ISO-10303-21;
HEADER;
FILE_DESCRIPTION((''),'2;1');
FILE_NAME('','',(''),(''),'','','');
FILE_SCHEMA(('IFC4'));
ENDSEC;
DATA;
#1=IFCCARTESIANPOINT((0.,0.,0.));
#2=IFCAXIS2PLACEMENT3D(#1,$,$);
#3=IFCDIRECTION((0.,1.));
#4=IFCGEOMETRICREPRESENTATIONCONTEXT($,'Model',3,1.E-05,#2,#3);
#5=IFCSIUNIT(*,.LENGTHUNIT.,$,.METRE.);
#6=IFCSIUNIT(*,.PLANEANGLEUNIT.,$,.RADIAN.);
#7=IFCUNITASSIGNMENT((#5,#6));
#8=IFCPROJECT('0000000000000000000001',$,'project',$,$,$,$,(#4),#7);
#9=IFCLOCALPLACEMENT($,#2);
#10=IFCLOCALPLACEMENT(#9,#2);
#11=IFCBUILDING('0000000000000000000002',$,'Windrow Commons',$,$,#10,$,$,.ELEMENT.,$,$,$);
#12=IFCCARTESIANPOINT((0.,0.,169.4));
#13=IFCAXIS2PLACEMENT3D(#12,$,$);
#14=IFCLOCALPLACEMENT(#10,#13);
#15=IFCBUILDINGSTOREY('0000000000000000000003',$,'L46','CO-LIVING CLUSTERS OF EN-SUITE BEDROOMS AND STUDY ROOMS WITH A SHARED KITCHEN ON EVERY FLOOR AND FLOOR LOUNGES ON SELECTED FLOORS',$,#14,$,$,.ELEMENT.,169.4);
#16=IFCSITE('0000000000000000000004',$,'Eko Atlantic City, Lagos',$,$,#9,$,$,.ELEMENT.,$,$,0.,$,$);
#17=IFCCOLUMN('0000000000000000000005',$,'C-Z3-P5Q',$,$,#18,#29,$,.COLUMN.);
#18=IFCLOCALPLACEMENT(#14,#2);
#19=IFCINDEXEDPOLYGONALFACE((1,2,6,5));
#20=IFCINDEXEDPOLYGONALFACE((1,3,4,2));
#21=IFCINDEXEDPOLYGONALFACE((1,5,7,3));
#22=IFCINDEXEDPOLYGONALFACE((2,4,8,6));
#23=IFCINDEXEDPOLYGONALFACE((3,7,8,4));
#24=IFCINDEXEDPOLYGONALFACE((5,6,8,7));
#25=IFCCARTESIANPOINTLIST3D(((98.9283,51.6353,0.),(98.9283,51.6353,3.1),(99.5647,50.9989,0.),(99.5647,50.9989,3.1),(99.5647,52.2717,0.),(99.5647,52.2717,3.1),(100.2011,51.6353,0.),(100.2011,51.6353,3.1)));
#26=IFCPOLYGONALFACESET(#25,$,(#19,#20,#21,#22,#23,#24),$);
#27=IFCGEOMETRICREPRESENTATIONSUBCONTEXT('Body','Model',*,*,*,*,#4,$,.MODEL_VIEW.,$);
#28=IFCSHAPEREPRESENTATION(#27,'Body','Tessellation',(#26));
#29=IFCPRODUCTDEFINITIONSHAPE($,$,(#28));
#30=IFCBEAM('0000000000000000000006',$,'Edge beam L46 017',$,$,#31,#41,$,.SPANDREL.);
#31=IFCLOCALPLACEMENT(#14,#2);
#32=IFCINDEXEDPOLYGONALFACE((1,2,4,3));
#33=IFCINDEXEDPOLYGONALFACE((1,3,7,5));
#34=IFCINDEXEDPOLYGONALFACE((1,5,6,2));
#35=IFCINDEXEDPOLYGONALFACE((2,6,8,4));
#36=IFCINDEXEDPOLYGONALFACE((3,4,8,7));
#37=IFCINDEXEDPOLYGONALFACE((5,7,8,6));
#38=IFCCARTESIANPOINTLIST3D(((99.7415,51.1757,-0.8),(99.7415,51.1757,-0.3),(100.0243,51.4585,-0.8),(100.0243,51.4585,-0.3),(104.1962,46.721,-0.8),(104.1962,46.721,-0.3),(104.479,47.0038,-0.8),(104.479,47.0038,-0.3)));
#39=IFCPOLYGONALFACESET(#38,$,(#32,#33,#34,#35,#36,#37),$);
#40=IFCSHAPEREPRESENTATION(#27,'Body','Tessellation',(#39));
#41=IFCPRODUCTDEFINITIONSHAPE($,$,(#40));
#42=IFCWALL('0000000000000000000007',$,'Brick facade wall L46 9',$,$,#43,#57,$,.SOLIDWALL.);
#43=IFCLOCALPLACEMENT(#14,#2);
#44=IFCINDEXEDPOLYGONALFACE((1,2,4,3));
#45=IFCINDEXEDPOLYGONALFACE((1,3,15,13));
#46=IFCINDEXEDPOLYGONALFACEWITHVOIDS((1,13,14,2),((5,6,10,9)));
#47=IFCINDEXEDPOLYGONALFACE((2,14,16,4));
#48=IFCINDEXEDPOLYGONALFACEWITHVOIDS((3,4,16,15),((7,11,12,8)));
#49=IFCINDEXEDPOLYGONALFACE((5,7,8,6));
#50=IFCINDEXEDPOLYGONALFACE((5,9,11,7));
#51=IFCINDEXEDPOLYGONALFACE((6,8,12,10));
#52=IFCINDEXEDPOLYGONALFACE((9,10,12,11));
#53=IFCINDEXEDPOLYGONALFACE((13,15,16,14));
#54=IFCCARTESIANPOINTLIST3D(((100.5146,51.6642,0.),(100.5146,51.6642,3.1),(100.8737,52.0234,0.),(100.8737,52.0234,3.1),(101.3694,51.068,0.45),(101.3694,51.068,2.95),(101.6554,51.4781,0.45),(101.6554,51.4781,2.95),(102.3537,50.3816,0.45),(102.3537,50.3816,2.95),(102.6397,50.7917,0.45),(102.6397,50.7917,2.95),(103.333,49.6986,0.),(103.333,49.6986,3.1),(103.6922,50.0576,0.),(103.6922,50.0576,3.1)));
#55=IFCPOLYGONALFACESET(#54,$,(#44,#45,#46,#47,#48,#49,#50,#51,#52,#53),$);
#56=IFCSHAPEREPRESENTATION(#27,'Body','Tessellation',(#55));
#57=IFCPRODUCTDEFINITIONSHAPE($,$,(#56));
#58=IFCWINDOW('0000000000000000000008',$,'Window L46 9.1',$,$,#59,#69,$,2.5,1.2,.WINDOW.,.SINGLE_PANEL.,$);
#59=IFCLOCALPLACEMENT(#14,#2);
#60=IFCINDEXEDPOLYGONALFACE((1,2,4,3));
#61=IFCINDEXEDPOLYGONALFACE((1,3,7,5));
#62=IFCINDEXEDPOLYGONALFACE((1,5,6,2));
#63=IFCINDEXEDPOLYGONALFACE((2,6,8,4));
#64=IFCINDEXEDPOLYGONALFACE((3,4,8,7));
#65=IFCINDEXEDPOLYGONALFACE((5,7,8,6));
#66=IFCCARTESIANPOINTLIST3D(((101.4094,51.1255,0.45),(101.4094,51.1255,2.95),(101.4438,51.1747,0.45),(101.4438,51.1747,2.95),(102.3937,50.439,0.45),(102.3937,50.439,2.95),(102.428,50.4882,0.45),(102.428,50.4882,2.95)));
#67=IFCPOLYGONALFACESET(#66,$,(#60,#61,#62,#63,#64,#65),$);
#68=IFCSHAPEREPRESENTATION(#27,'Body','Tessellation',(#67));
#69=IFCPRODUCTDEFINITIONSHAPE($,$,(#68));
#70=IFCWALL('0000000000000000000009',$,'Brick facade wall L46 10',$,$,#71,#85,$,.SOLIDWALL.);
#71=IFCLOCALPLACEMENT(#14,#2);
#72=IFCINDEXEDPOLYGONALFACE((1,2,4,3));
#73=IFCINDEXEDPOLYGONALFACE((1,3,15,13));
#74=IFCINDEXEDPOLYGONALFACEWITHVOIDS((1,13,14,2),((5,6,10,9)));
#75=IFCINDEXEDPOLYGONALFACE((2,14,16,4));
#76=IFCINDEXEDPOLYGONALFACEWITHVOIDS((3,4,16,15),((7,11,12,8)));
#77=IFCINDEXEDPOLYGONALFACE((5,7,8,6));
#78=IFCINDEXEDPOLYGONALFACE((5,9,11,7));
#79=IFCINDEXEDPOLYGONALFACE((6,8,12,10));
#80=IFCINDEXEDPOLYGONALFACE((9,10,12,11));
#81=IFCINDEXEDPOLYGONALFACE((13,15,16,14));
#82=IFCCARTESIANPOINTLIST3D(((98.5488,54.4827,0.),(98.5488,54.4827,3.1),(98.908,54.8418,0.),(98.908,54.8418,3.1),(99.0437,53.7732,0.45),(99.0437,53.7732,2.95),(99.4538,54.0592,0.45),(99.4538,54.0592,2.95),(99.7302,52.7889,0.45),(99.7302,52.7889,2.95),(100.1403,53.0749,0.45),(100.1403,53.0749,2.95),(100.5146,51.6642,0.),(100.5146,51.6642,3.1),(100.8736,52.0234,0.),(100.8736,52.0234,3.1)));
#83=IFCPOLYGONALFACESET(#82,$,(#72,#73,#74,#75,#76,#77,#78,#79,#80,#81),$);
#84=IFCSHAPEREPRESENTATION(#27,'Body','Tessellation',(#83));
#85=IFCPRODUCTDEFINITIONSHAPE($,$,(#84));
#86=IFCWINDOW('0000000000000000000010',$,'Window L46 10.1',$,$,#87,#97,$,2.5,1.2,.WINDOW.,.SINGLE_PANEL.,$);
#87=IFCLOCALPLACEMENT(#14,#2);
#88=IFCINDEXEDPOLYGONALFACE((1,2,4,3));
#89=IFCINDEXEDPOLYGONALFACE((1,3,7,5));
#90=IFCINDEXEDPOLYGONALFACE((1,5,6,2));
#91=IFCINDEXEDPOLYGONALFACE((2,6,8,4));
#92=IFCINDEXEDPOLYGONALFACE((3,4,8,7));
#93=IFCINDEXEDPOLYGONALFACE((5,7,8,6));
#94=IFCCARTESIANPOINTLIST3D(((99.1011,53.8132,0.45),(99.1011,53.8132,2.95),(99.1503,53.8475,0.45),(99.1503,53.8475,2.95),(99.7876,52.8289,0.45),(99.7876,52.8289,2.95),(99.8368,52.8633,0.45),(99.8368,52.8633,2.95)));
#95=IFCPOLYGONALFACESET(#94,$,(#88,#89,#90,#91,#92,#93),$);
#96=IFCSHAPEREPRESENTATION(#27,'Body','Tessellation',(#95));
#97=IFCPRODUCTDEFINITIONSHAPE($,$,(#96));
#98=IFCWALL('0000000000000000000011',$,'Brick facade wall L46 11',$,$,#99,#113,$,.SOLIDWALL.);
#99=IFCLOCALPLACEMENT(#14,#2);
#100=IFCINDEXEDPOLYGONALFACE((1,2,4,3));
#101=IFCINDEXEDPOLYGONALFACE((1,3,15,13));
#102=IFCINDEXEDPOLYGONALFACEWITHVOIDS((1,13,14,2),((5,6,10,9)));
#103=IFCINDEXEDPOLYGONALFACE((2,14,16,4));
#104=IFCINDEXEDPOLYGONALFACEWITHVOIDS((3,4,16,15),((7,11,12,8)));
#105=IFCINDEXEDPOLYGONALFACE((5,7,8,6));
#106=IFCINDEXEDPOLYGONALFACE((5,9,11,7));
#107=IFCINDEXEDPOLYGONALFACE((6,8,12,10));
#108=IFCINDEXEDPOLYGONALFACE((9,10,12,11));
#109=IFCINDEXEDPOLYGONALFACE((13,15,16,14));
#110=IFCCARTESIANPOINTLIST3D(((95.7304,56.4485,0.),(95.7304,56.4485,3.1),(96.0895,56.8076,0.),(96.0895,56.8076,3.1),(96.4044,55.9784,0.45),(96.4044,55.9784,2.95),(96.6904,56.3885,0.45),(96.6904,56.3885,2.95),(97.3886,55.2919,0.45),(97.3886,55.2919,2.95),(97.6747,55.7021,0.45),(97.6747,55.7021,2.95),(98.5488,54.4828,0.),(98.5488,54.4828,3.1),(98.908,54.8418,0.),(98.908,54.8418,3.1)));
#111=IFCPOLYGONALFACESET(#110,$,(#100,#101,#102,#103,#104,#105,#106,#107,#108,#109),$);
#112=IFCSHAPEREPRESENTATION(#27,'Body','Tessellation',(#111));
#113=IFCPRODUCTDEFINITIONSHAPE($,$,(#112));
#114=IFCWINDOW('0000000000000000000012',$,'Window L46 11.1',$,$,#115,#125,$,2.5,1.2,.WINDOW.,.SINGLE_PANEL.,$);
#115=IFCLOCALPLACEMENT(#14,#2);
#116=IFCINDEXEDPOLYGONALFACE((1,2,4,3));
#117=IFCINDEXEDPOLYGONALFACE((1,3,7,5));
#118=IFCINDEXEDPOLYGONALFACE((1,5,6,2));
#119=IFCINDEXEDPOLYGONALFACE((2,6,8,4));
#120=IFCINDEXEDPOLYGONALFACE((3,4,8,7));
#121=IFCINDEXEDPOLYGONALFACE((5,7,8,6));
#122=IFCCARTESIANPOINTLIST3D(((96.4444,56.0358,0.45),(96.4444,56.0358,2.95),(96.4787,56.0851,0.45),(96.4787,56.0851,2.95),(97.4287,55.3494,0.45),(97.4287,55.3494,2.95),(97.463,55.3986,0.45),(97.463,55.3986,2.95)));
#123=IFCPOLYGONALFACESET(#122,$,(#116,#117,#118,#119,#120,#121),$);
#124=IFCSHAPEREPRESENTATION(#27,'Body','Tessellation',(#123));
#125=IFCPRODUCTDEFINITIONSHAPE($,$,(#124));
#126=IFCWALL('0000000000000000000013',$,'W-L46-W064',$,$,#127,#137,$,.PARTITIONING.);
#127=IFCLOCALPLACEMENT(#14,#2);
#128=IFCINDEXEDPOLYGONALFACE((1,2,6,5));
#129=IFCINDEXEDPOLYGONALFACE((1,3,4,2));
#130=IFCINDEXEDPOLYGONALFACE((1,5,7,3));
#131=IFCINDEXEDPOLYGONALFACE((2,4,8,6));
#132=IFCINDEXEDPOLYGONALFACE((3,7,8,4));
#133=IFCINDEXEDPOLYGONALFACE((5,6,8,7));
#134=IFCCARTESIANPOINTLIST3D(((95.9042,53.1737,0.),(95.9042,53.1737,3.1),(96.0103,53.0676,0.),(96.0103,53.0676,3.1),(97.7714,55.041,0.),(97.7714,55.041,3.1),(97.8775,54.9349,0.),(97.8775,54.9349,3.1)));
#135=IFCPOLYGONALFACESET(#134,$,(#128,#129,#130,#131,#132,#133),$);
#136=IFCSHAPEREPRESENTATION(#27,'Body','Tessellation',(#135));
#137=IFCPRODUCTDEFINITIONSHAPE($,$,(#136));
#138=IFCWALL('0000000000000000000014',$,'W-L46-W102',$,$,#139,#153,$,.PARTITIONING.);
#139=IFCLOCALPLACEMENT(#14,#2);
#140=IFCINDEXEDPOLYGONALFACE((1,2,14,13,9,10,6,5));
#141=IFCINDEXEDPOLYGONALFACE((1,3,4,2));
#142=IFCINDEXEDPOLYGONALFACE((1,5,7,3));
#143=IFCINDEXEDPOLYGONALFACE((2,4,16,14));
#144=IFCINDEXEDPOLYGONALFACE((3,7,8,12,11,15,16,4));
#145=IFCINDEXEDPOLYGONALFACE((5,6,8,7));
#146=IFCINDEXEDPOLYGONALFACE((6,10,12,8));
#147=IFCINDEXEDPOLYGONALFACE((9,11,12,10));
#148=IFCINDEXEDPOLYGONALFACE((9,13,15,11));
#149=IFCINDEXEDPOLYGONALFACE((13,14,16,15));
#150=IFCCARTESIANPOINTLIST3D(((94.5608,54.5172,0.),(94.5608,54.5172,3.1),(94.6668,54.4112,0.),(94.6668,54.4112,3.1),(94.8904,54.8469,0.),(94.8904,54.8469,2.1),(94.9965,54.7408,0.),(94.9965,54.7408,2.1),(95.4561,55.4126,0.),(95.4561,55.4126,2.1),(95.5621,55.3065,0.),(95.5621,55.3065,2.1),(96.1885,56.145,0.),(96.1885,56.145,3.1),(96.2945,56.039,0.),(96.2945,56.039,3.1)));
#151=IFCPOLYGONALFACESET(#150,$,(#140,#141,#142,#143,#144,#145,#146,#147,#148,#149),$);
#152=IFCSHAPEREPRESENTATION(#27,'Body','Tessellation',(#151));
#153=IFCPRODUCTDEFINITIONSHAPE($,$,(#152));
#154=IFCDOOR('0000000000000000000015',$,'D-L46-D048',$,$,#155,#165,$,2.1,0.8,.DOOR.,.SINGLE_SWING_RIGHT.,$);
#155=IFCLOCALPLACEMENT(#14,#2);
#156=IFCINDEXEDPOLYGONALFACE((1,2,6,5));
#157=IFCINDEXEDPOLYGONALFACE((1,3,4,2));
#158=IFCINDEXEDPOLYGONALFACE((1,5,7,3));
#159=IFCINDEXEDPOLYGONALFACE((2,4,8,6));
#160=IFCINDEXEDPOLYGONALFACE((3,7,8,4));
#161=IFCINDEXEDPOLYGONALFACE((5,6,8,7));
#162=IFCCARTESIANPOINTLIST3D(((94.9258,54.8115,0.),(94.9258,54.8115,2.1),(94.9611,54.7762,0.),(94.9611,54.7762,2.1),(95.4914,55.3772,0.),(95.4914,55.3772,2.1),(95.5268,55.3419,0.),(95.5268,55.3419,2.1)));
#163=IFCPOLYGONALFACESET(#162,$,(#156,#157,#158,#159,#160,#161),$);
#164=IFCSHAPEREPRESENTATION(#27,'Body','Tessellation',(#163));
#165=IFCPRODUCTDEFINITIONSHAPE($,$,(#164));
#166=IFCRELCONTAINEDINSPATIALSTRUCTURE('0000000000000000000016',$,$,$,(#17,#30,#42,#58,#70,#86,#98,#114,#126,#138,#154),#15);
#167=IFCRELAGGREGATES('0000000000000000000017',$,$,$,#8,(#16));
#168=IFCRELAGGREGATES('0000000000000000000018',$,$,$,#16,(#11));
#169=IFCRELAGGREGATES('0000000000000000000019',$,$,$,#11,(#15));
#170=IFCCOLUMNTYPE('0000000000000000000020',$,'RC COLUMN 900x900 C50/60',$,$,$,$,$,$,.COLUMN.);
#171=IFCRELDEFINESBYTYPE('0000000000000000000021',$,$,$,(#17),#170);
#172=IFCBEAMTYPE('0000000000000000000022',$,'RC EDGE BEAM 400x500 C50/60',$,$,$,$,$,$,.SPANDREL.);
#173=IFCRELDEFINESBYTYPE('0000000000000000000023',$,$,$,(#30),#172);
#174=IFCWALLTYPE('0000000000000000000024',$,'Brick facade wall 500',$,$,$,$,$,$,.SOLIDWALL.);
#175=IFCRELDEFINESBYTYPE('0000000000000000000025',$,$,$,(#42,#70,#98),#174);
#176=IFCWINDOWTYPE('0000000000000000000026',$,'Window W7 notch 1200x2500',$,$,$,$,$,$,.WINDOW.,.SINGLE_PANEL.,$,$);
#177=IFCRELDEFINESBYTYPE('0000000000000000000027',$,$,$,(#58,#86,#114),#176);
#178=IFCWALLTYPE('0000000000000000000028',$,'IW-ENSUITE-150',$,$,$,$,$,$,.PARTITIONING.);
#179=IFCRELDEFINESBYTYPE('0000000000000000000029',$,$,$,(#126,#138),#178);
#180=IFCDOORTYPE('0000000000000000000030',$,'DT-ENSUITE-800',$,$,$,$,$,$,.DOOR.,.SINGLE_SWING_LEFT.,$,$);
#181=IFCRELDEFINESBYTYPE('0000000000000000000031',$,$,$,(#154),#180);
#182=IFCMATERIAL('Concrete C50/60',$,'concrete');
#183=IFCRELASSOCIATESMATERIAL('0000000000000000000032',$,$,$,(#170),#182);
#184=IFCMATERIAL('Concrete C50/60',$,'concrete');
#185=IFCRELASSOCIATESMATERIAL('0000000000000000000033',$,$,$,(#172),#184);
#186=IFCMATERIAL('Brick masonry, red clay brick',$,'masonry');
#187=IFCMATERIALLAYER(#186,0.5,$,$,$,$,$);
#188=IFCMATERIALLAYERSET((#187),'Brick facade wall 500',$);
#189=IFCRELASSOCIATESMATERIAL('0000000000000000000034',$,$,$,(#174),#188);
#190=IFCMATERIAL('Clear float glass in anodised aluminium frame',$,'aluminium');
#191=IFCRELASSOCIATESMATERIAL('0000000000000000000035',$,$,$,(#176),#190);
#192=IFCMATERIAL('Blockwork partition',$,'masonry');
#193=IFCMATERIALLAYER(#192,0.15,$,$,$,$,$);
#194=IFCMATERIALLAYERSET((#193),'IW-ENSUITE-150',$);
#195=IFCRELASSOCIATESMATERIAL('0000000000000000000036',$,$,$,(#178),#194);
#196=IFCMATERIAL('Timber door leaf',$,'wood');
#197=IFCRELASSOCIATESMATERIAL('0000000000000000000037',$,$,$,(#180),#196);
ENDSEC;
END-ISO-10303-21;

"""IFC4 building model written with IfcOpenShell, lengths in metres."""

from ifc_helpers import new_model, si_unit, direction, frame, frame_2d, origin, origin_2d, place, context, subcontext, project, spatial, polyline, rectangle, outline, extrude, material, layer, layer_set, material_profile, profile_set, type_object, element, fill, save


model = new_model("IFC4")

# Units and contexts
model_context = context("Model", 3, precision=1e-05, world=origin(), true_north=direction((0.0, 1.0)))
body_context = subcontext(model_context, "Body", "Model", "MODEL_VIEW")
ifc_project = project(units=[si_unit("LENGTHUNIT", "METRE"), si_unit("PLANEANGLEUNIT", "RADIAN")], contexts=[model_context])

# Site, building, storey
site_placement = place(None, origin())
site = spatial("IfcSite", under=ifc_project, at=site_placement, Name="Eko Atlantic City, Lagos", CompositionType="ELEMENT", RefElevation=0.0)
building_placement = place(site_placement, origin())
building = spatial("IfcBuilding", under=site, at=building_placement, Name="Windrow Commons", CompositionType="ELEMENT")
storey_placement = place(building_placement, frame((0.0, 0.0, 169.4)))
storey = spatial("IfcBuildingStorey", under=building, at=storey_placement, Name="L46", Description="CO-LIVING CLUSTERS OF EN-SUITE BEDROOMS AND STUDY ROOMS WITH A SHARED KITCHEN ON EVERY FLOOR AND FLOOR LOUNGES ON SELECTED FLOORS", CompositionType="ELEMENT", Elevation=169.4)

# Column
ifc_material_1 = material(Name="Concrete C50/60", Category="concrete")
ifc_material_profile_1 = material_profile(ifc_material_1, rectangle(XDim=0.9, YDim=0.9, at=origin_2d()))
ifc_profile_set_1 = profile_set([ifc_material_profile_1], Name="Concrete C50/60")
column_type = type_object("IfcColumnType", Name="RC COLUMN 900x900 C50/60", PredefinedType="COLUMN", material=ifc_profile_set_1)
column_placement = place(storey_placement, frame((99.5647, 51.6353, 0.0), z_axis=(0.0, 0.0, 1.0), x_axis=(0.707107, -0.707107, 0.0)))
element("IfcColumn", 1, at=column_placement, inside=storey, type_object=column_type, Name="C-Z3-P5Q", PredefinedType="COLUMN", context=body_context, shape_type="SweptSolid", body=[
    extrude(rectangle(XDim=0.9, YDim=0.9, at=origin_2d()), origin(), (0.0, 0.0, 1.0), 3.1),
])

# Beam
ifc_material_2 = material(Name="Concrete C50/60", Category="concrete")
ifc_material_profile_2 = material_profile(ifc_material_2, rectangle(XDim=0.4, YDim=0.5, at=origin_2d()))
ifc_profile_set_2 = profile_set([ifc_material_profile_2], Name="Concrete C50/60")
beam_type = type_object("IfcBeamType", Name="RC EDGE BEAM 400x500 C50/60", PredefinedType="SPANDREL", material=ifc_profile_set_2)
beam_placement = place(storey_placement, frame((99.8829, 51.3171, -0.55), z_axis=(0.707107, -0.707107, 0.0), x_axis=(0.707107, 0.707107, 0.0)))
element("IfcBeam", 2, at=beam_placement, inside=storey, type_object=beam_type, Name="Edge beam L46 017", PredefinedType="SPANDREL", context=body_context, shape_type="SweptSolid", body=[
    extrude(rectangle(XDim=0.4, YDim=0.5, at=origin_2d()), origin(), (0.0, 0.0, 1.0), 6.2999),
])

# Walls, openings, windows
ifc_material_3 = material(Name="Brick masonry, red clay brick", Category="masonry")
ifc_layer_1 = layer(ifc_material_3, 0.5)
ifc_layer_set_1 = layer_set([ifc_layer_1], Name="Brick facade wall 500")
wall_type_1 = type_object("IfcWallType", Name="Brick facade wall 500", PredefinedType="SOLIDWALL", material=ifc_layer_set_1)
wall_1_placement = place(storey_placement, frame((103.5126, 49.8781, 0.0), z_axis=(0.0, 0.0, 1.0), x_axis=(-0.820222, 0.572045, 0.0)))
wall_1 = element("IfcWall", 3, at=wall_1_placement, inside=storey, type_object=wall_type_1, Name="Brick facade wall L46 9", PredefinedType="SOLIDWALL", context=body_context, shape_type="SweptSolid", body=[
    extrude(outline(polyline([(-0.0446, -0.25), (3.3917, -0.25), (3.4808, 0.25), (0.0446, 0.25), (-0.0446, -0.25)])), origin(), (0.0, 0.0, 1.0), 3.1),
])
opening_1_placement = place(wall_1_placement, frame((1.2386, 0.0, 0.45)))
opening_1 = element("IfcOpeningElement", 4, at=opening_1_placement, cuts=wall_1, PredefinedType="OPENING", context=body_context, shape_type="SweptSolid", body=[
    extrude(rectangle(XDim=1.2, YDim=2.5, at=frame_2d((0.6, 1.25))), frame((0.0, 0.26, 0.0), z_axis=(0.0, -1.0, 0.0), x_axis=(1.0, 0.0, 0.0)), (0.0, 0.0, 1.0), 0.52),
])
ifc_material_4 = material(Name="Clear float glass in anodised aluminium frame", Category="aluminium")
window_type = type_object("IfcWindowType", Name="Window W7 notch 1200x2500", PartitioningType="SINGLE_PANEL", PredefinedType="WINDOW", material=ifc_material_4)
window_1_placement = place(opening_1_placement, origin())
window_1 = element("IfcWindow", 5, at=window_1_placement, inside=storey, type_object=window_type, Name="Window L46 9.1", OverallHeight=2.5, OverallWidth=1.2, PartitioningType="SINGLE_PANEL", PredefinedType="WINDOW", context=body_context, shape_type="SweptSolid", body=[
    extrude(rectangle(XDim=1.2, YDim=2.5, at=frame_2d((0.6, 1.25))), frame((0.0, 0.18, 0.0), z_axis=(0.0, -1.0, 0.0), x_axis=(1.0, 0.0, 0.0)), (0.0, 0.0, 1.0), 0.06),
])
fill(opening_1, window_1)
wall_2_placement = place(storey_placement, frame((100.6941, 51.8438, 0.0), z_axis=(0.0, 0.0, 1.0), x_axis=(-0.572045, 0.820222, 0.0)))
wall_2 = element("IfcWall", 6, at=wall_2_placement, inside=storey, type_object=wall_type_1, Name="Brick facade wall L46 10", PredefinedType="SOLIDWALL", context=body_context, shape_type="SweptSolid", body=[
    extrude(outline(polyline([(0.0446, -0.25), (3.4808, -0.25), (3.3917, 0.25), (-0.0446, 0.25), (0.0446, -0.25)])), origin(), (0.0, 0.0, 1.0), 3.1),
])
opening_2_placement = place(wall_2_placement, frame((1.3266, 0.0, 0.45)))
opening_2 = element("IfcOpeningElement", 7, at=opening_2_placement, cuts=wall_2, PredefinedType="OPENING", context=body_context, shape_type="SweptSolid", body=[
    extrude(rectangle(XDim=1.2, YDim=2.5, at=frame_2d((0.6, 1.25))), frame((0.0, 0.26, 0.0), z_axis=(0.0, -1.0, 0.0), x_axis=(1.0, 0.0, 0.0)), (0.0, 0.0, 1.0), 0.52),
])
window_2_placement = place(opening_2_placement, origin())
window_2 = element("IfcWindow", 8, at=window_2_placement, inside=storey, type_object=window_type, Name="Window L46 10.1", OverallHeight=2.5, OverallWidth=1.2, PartitioningType="SINGLE_PANEL", PredefinedType="WINDOW", context=body_context, shape_type="SweptSolid", body=[
    extrude(rectangle(XDim=1.2, YDim=2.5, at=frame_2d((0.6, 1.25))), frame((0.0, 0.18, 0.0), z_axis=(0.0, -1.0, 0.0), x_axis=(1.0, 0.0, 0.0)), (0.0, 0.0, 1.0), 0.06),
])
fill(opening_2, window_2)
wall_3_placement = place(storey_placement, frame((98.7284, 54.6623, 0.0), z_axis=(0.0, 0.0, 1.0), x_axis=(-0.820208, 0.572065, 0.0)))
wall_3 = element("IfcWall", 9, at=wall_3_placement, inside=storey, type_object=wall_type_1, Name="Brick facade wall L46 11", PredefinedType="SOLIDWALL", context=body_context, shape_type="SweptSolid", body=[
    extrude(outline(polyline([(-0.0446, -0.25), (3.3917, -0.25), (3.4808, 0.25), (0.0446, 0.25), (-0.0446, -0.25)])), origin(), (0.0, 0.0, 1.0), 3.1),
])
opening_3_placement = place(wall_3_placement, frame((1.4591, 0.0, 0.45)))
opening_3 = element("IfcOpeningElement", 10, at=opening_3_placement, cuts=wall_3, PredefinedType="OPENING", context=body_context, shape_type="SweptSolid", body=[
    extrude(rectangle(XDim=1.2, YDim=2.5, at=frame_2d((0.6, 1.25))), frame((0.0, 0.26, 0.0), z_axis=(0.0, -1.0, 0.0), x_axis=(1.0, 0.0, 0.0)), (0.0, 0.0, 1.0), 0.52),
])
window_3_placement = place(opening_3_placement, origin())
window_3 = element("IfcWindow", 11, at=window_3_placement, inside=storey, type_object=window_type, Name="Window L46 11.1", OverallHeight=2.5, OverallWidth=1.2, PartitioningType="SINGLE_PANEL", PredefinedType="WINDOW", context=body_context, shape_type="SweptSolid", body=[
    extrude(rectangle(XDim=1.2, YDim=2.5, at=frame_2d((0.6, 1.25))), frame((0.0, 0.18, 0.0), z_axis=(0.0, -1.0, 0.0), x_axis=(1.0, 0.0, 0.0)), (0.0, 0.0, 1.0), 0.06),
])
fill(opening_3, window_3)

# Wall
ifc_material_5 = material(Name="Blockwork partition", Category="masonry")
ifc_layer_2 = layer(ifc_material_5, 0.15)
ifc_layer_set_2 = layer_set([ifc_layer_2], Name="IW-ENSUITE-150")
wall_type_2 = type_object("IfcWallType", Name="IW-ENSUITE-150", PredefinedType="PARTITIONING", material=ifc_layer_set_2)
wall_4_placement = place(storey_placement, frame((95.9573, 53.1207, 0.0), z_axis=(0.0, 0.0, 1.0), x_axis=(0.707088, 0.707126, 0.0)))
element("IfcWall", 12, at=wall_4_placement, inside=storey, type_object=wall_type_2, Name="W-L46-W064", PredefinedType="PARTITIONING", context=body_context, shape_type="SweptSolid", body=[
    extrude(rectangle(XDim=2.6407, YDim=0.15, at=frame_2d((1.3203, 0.0))), origin(), (0.0, 0.0, 1.0), 3.1),
])

# Wall, opening, door
wall_5_placement = place(storey_placement, frame((94.6138, 54.4642, 0.0), z_axis=(0.0, 0.0, 1.0), x_axis=(0.707085, 0.707129, 0.0)))
wall_5 = element("IfcWall", 13, at=wall_5_placement, inside=storey, type_object=wall_type_2, Name="W-L46-W102", PredefinedType="PARTITIONING", context=body_context, shape_type="SweptSolid", body=[
    extrude(rectangle(XDim=2.302, YDim=0.15, at=frame_2d((1.151, 0.0))), origin(), (0.0, 0.0, 1.0), 3.1),
])
opening_4_placement = place(wall_5_placement, frame((0.4662, 0.0, 0.0)))
opening_4 = element("IfcOpeningElement", 14, at=opening_4_placement, cuts=wall_5, PredefinedType="OPENING", context=body_context, shape_type="SweptSolid", body=[
    extrude(rectangle(XDim=0.8, YDim=2.1, at=frame_2d((0.4, 1.05))), frame((0.0, 0.085, 0.0), z_axis=(0.0, -1.0, 0.0), x_axis=(1.0, 0.0, 0.0)), (0.0, 0.0, 1.0), 0.17),
])
ifc_material_6 = material(Name="Timber door leaf", Category="wood")
door_type_1 = type_object("IfcDoorType", Name="DT-ENSUITE-800", OperationType="SINGLE_SWING_LEFT", PredefinedType="DOOR", material=ifc_material_6)
door_1_placement = place(opening_4_placement, origin())
door_1 = element("IfcDoor", 15, at=door_1_placement, inside=storey, type_object=door_type_1, Name="D-L46-D048", OperationType="SINGLE_SWING_RIGHT", OverallHeight=2.1, OverallWidth=0.8, PredefinedType="DOOR", context=body_context, shape_type="SweptSolid", body=[
    extrude(rectangle(XDim=0.8, YDim=2.1, at=frame_2d((0.4, 1.05))), frame((0.0, 0.025, 0.0), z_axis=(0.0, -1.0, 0.0), x_axis=(1.0, 0.0, 0.0)), (0.0, 0.0, 1.0), 0.05),
])
fill(opening_4, door_1)

save(model, "model.ifc")
